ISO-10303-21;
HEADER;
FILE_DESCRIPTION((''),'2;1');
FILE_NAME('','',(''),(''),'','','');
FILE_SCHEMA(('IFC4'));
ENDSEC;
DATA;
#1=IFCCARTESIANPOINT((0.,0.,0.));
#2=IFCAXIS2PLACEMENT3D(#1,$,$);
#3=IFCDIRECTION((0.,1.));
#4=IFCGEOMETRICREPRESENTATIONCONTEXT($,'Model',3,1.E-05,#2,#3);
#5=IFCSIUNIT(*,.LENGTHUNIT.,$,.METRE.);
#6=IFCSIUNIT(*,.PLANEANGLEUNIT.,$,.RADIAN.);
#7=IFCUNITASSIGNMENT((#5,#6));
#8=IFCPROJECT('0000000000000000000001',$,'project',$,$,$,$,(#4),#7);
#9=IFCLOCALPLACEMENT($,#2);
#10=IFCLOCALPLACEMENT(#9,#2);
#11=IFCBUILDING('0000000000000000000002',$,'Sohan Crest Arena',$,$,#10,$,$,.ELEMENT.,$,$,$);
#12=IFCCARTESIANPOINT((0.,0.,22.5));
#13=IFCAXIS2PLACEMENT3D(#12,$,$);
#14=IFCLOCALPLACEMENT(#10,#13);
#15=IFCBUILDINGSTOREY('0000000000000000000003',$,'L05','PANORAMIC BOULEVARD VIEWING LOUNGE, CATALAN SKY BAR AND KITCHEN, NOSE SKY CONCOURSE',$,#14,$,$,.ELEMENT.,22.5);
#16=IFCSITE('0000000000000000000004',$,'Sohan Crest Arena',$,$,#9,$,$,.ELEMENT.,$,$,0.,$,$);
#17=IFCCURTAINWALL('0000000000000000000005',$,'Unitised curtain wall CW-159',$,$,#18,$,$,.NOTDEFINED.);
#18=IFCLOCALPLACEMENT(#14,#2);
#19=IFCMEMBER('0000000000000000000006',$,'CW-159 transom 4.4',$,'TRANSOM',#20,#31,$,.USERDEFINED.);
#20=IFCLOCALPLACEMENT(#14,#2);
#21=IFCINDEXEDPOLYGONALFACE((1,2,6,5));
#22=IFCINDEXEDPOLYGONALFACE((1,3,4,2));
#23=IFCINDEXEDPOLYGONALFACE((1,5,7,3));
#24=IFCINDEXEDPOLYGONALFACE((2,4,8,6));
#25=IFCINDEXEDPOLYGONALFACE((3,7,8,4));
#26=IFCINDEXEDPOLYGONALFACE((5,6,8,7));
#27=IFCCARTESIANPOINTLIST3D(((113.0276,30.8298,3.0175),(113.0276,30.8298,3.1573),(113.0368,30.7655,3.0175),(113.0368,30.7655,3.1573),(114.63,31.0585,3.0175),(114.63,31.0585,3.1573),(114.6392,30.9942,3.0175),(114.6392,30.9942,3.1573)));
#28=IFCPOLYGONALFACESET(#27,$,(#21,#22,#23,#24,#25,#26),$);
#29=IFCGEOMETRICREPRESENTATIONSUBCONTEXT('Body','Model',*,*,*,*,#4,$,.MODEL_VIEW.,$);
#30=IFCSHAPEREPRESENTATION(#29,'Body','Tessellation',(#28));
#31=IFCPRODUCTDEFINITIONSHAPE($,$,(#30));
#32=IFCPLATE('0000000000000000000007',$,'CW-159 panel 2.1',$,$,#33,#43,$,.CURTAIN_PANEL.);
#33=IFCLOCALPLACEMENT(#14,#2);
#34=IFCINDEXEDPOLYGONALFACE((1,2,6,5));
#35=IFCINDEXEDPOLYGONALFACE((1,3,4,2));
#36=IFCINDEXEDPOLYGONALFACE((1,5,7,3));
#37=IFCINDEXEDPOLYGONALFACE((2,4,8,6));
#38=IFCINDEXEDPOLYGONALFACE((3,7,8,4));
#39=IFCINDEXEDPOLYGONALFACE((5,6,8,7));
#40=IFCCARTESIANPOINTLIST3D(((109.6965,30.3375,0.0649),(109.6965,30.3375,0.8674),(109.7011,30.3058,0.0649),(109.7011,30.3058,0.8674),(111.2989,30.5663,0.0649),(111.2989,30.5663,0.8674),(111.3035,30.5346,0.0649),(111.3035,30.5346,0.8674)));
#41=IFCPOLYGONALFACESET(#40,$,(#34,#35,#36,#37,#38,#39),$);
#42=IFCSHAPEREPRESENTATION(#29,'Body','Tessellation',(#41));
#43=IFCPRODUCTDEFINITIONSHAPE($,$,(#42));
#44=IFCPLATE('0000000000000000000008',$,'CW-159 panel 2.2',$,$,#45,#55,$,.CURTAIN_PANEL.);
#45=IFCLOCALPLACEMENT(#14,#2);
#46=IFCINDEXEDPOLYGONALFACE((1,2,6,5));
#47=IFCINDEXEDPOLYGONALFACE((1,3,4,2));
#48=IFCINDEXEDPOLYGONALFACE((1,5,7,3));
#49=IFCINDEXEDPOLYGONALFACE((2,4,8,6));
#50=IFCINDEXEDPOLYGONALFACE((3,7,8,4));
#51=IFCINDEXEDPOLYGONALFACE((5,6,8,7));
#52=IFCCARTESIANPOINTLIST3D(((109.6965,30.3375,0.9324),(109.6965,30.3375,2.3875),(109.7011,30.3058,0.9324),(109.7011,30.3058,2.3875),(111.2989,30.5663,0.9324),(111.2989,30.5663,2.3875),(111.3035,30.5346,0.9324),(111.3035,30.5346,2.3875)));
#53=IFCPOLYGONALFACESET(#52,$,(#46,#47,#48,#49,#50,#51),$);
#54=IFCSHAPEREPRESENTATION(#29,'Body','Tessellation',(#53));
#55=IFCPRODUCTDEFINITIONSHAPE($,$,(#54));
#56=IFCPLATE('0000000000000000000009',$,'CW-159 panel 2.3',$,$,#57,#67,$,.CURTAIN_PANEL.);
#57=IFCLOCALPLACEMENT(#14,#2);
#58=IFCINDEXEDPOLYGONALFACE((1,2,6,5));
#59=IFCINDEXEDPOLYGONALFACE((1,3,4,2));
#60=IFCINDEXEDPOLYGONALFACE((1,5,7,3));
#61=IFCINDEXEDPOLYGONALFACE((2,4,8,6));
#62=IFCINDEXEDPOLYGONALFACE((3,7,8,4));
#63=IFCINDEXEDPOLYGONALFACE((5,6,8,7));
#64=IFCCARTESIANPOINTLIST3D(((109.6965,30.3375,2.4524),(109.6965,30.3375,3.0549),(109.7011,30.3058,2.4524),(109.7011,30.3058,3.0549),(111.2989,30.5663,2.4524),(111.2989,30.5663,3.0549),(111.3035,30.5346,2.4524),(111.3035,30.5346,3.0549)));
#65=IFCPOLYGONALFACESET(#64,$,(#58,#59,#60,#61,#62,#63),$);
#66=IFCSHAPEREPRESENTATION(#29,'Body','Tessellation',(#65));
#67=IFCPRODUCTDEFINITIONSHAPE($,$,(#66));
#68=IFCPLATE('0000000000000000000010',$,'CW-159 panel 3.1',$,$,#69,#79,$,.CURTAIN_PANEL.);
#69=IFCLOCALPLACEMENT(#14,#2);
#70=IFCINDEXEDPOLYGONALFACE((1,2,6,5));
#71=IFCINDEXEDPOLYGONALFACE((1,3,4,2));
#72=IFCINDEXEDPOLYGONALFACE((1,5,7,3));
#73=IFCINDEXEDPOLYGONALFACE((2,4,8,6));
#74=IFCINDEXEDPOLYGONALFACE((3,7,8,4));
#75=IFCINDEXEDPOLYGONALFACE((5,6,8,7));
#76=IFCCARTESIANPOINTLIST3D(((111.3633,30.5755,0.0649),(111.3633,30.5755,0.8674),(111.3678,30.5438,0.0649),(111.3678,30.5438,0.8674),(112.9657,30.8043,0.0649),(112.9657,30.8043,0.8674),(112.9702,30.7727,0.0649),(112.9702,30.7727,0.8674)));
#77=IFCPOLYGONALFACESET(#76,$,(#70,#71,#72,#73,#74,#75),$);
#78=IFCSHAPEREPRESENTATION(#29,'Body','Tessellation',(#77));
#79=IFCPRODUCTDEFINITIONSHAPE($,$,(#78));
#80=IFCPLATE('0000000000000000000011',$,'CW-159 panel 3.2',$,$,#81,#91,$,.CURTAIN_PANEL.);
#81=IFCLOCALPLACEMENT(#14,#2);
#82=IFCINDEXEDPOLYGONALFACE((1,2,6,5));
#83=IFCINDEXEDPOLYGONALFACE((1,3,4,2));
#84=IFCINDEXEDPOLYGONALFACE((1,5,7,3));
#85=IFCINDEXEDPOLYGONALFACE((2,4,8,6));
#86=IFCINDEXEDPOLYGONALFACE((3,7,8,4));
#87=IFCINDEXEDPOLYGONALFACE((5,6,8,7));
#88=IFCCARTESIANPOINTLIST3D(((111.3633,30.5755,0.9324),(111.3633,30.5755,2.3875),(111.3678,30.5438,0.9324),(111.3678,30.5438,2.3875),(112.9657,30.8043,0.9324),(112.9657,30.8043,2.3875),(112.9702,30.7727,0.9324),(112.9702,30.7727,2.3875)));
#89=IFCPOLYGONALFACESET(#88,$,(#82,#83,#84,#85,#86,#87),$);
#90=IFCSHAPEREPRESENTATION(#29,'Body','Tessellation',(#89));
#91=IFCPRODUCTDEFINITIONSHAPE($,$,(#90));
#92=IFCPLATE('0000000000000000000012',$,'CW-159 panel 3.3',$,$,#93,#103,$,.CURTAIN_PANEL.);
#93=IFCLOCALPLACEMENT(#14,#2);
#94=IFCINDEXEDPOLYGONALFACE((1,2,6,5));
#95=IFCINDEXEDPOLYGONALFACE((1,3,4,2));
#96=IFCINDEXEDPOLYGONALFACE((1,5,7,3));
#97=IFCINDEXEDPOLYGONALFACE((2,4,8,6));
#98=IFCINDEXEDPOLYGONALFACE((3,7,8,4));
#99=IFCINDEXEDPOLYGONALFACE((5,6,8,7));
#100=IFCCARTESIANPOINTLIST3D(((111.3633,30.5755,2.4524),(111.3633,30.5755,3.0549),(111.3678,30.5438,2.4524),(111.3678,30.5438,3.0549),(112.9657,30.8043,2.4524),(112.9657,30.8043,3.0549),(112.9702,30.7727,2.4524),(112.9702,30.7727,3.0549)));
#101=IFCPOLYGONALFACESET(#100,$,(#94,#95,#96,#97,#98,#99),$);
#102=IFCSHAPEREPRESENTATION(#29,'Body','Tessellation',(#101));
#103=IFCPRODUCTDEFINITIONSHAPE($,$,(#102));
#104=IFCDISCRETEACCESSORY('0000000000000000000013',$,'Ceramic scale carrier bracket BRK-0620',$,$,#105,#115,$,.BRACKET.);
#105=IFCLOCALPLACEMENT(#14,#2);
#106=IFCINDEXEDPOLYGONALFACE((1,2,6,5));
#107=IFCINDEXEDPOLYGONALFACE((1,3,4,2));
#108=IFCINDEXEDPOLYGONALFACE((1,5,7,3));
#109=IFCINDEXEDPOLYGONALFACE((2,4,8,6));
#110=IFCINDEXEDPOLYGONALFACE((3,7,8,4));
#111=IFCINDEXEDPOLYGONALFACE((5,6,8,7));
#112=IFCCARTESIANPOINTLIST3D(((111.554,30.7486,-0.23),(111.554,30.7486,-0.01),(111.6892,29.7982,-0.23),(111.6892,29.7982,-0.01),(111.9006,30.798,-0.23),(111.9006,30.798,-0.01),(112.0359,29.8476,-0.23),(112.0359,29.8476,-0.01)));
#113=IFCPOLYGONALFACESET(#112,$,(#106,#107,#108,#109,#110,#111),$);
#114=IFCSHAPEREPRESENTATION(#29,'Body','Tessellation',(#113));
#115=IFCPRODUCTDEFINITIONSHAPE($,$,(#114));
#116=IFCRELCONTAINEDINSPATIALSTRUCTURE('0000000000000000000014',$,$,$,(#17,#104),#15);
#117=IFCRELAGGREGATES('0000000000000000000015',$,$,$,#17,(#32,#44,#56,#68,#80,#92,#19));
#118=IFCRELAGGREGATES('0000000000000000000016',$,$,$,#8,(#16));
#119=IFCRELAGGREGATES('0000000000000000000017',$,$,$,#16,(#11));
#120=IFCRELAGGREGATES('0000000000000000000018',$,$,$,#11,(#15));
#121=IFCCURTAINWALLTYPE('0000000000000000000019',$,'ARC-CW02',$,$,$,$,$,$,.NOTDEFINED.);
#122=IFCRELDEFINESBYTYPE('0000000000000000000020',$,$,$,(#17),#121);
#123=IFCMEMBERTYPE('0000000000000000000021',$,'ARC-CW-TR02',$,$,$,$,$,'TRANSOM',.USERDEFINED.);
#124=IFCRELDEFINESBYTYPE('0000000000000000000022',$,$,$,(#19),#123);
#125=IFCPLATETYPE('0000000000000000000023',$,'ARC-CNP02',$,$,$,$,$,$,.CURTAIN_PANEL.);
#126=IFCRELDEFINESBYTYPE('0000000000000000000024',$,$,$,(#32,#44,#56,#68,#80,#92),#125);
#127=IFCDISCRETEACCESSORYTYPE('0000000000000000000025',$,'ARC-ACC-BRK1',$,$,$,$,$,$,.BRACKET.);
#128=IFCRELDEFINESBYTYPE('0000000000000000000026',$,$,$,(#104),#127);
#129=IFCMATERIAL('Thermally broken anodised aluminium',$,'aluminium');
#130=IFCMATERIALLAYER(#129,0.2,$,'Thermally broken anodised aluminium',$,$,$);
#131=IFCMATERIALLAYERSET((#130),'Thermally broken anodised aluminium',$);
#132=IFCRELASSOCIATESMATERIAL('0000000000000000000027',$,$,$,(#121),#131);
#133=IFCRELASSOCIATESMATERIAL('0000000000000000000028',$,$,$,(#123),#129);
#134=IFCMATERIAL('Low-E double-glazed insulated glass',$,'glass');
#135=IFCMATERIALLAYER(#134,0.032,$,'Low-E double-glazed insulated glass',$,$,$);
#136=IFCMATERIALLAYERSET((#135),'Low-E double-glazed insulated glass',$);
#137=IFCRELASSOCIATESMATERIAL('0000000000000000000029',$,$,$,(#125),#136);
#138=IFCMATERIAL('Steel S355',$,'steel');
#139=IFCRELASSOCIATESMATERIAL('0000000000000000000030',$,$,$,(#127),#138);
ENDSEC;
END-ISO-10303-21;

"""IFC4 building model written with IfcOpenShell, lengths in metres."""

from ifc_helpers import new_model, si_unit, direction, frame, origin, origin_2d, place, context, subcontext, project, spatial, rectangle, extrude, material, layer, layer_set, material_profile, profile_set, type_object, element, aggregate, save


model = new_model("IFC4")

# Units and contexts
model_context = context("Model", 3, precision=1e-05, world=origin(), true_north=direction((0.0, 1.0)))
body_context = subcontext(model_context, "Body", "Model", "MODEL_VIEW")
ifc_project = project(units=[si_unit("LENGTHUNIT", "METRE"), si_unit("PLANEANGLEUNIT", "RADIAN")], contexts=[model_context])

# Site, building, storey
site_placement = place(None, origin())
site = spatial("IfcSite", under=ifc_project, at=site_placement, Name="Sohan Crest Arena", CompositionType="ELEMENT", RefElevation=0.0)
building_placement = place(site_placement, origin())
building = spatial("IfcBuilding", under=site, at=building_placement, Name="Sohan Crest Arena", CompositionType="ELEMENT")
storey_placement = place(building_placement, frame((0.0, 0.0, 22.5)))
storey = spatial("IfcBuildingStorey", under=building, at=storey_placement, Name="L05", Description="PANORAMIC BOULEVARD VIEWING LOUNGE, CATALAN SKY BAR AND KITCHEN, NOSE SKY CONCOURSE", CompositionType="ELEMENT", Elevation=22.5)

# Curtain wall, member, plates
ifc_material_1 = material(Name="Thermally broken anodised aluminium", Category="aluminium")
ifc_layer_1 = layer(ifc_material_1, 0.2, Name="Thermally broken anodised aluminium")
ifc_layer_set_1 = layer_set([ifc_layer_1], Name="Thermally broken anodised aluminium")
curtain_wall_type = type_object("IfcCurtainWallType", Name="ARC-CW02", PredefinedType="NOTDEFINED", material=ifc_layer_set_1)
curtain_wall_placement = place(storey_placement, origin())
curtain_wall = element("IfcCurtainWall", 1, at=curtain_wall_placement, inside=storey, type_object=curtain_wall_type, Name="Unitised curtain wall CW-159", PredefinedType="NOTDEFINED")
ifc_material_profile_1 = material_profile(ifc_material_1, rectangle(XDim=0.0649, YDim=0.1399, at=origin_2d()), Name="ALU-TRAN 65x140")
ifc_profile_set_1 = profile_set([ifc_material_profile_1], Name="Thermally broken anodised aluminium")
member_type_1 = type_object("IfcMemberType", Name="ARC-CW-TR02", ElementType="TRANSOM", PredefinedType="USERDEFINED", material=ifc_profile_set_1)
member_1_placement = place(storey_placement, frame((113.0322, 30.7976, 3.0874), z_axis=(0.989962, 0.141337, 0.0), x_axis=(-0.141337, 0.989962, 0.0)))
member_1 = element("IfcMember", 2, at=member_1_placement, type_object=member_type_1, Name="CW-159 transom 4.4", ObjectType="TRANSOM", PredefinedType="USERDEFINED", context=body_context, shape_type="SweptSolid", body=[
    extrude(rectangle(XDim=0.0649, YDim=0.1399, at=origin_2d()), origin(), (0.0, 0.0, 1.0), 1.6187),
])
ifc_material_2 = material(Name="Low-E double-glazed insulated glass", Category="glass")
ifc_layer_2 = layer(ifc_material_2, 0.032, Name="Low-E double-glazed insulated glass")
ifc_layer_set_2 = layer_set([ifc_layer_2], Name="Low-E double-glazed insulated glass")
plate_type = type_object("IfcPlateType", Name="ARC-CNP02", PredefinedType="CURTAIN_PANEL", material=ifc_layer_set_2)
plate_1_placement = place(storey_placement, frame((110.5, 30.436, 0.0649), z_axis=(0.0, 0.0, 1.0), x_axis=(0.989957, 0.141366, 0.0)))
plate_1 = element("IfcPlate", 3, at=plate_1_placement, type_object=plate_type, Name="CW-159 panel 2.1", PredefinedType="CURTAIN_PANEL", context=body_context, shape_type="SweptSolid", body=[
    extrude(rectangle(XDim=1.6187, YDim=0.032, at=origin_2d()), origin(), (0.0, 0.0, 1.0), 0.8025),
])
plate_2_placement = place(storey_placement, frame((110.5, 30.436, 0.9324), z_axis=(0.0, 0.0, 1.0), x_axis=(0.989957, 0.141366, 0.0)))
plate_2 = element("IfcPlate", 4, at=plate_2_placement, type_object=plate_type, Name="CW-159 panel 2.2", PredefinedType="CURTAIN_PANEL", context=body_context, shape_type="SweptSolid", body=[
    extrude(rectangle(XDim=1.6187, YDim=0.032, at=origin_2d()), origin(), (0.0, 0.0, 1.0), 1.4551),
])
plate_3_placement = place(storey_placement, frame((110.5, 30.436, 2.4524), z_axis=(0.0, 0.0, 1.0), x_axis=(0.989957, 0.141366, 0.0)))
plate_3 = element("IfcPlate", 5, at=plate_3_placement, type_object=plate_type, Name="CW-159 panel 2.3", PredefinedType="CURTAIN_PANEL", context=body_context, shape_type="SweptSolid", body=[
    extrude(rectangle(XDim=1.6187, YDim=0.032, at=origin_2d()), origin(), (0.0, 0.0, 1.0), 0.6025),
])
plate_4_placement = place(storey_placement, frame((112.1667, 30.6741, 0.0649), z_axis=(0.0, 0.0, 1.0), x_axis=(0.989957, 0.141366, 0.0)))
plate_4 = element("IfcPlate", 6, at=plate_4_placement, type_object=plate_type, Name="CW-159 panel 3.1", PredefinedType="CURTAIN_PANEL", context=body_context, shape_type="SweptSolid", body=[
    extrude(rectangle(XDim=1.6187, YDim=0.032, at=origin_2d()), origin(), (0.0, 0.0, 1.0), 0.8025),
])
plate_5_placement = place(storey_placement, frame((112.1667, 30.6741, 0.9324), z_axis=(0.0, 0.0, 1.0), x_axis=(0.989957, 0.141366, 0.0)))
plate_5 = element("IfcPlate", 7, at=plate_5_placement, type_object=plate_type, Name="CW-159 panel 3.2", PredefinedType="CURTAIN_PANEL", context=body_context, shape_type="SweptSolid", body=[
    extrude(rectangle(XDim=1.6187, YDim=0.032, at=origin_2d()), origin(), (0.0, 0.0, 1.0), 1.4551),
])
plate_6_placement = place(storey_placement, frame((112.1667, 30.6741, 2.4524), z_axis=(0.0, 0.0, 1.0), x_axis=(0.989957, 0.141366, 0.0)))
plate_6 = element("IfcPlate", 8, at=plate_6_placement, type_object=plate_type, Name="CW-159 panel 3.3", PredefinedType="CURTAIN_PANEL", context=body_context, shape_type="SweptSolid", body=[
    extrude(rectangle(XDim=1.6187, YDim=0.032, at=origin_2d()), origin(), (0.0, 0.0, 1.0), 0.6025),
])
aggregate(curtain_wall, [plate_1, plate_2, plate_3, plate_4, plate_5, plate_6, member_1])

# Discrete accessory
ifc_material_3 = material(Name="Steel S355", Category="steel")
discrete_accessory_type = type_object("IfcDiscreteAccessoryType", Name="ARC-ACC-BRK1", PredefinedType="BRACKET", material=ifc_material_3)
discrete_accessory_placement = place(storey_placement, frame((111.7949, 30.2981, -0.23), z_axis=(0.0, 0.0, 1.0), x_axis=(0.990024, 0.140901, 0.0)))
element("IfcDiscreteAccessory", 9, at=discrete_accessory_placement, inside=storey, type_object=discrete_accessory_type, Name="Ceramic scale carrier bracket BRK-0620", PredefinedType="BRACKET", context=body_context, shape_type="SweptSolid", body=[
    extrude(rectangle(XDim=0.3501, YDim=0.96, at=origin_2d()), origin(), (0.0, 0.0, 1.0), 0.22),
])

save(model, "model.ifc")
